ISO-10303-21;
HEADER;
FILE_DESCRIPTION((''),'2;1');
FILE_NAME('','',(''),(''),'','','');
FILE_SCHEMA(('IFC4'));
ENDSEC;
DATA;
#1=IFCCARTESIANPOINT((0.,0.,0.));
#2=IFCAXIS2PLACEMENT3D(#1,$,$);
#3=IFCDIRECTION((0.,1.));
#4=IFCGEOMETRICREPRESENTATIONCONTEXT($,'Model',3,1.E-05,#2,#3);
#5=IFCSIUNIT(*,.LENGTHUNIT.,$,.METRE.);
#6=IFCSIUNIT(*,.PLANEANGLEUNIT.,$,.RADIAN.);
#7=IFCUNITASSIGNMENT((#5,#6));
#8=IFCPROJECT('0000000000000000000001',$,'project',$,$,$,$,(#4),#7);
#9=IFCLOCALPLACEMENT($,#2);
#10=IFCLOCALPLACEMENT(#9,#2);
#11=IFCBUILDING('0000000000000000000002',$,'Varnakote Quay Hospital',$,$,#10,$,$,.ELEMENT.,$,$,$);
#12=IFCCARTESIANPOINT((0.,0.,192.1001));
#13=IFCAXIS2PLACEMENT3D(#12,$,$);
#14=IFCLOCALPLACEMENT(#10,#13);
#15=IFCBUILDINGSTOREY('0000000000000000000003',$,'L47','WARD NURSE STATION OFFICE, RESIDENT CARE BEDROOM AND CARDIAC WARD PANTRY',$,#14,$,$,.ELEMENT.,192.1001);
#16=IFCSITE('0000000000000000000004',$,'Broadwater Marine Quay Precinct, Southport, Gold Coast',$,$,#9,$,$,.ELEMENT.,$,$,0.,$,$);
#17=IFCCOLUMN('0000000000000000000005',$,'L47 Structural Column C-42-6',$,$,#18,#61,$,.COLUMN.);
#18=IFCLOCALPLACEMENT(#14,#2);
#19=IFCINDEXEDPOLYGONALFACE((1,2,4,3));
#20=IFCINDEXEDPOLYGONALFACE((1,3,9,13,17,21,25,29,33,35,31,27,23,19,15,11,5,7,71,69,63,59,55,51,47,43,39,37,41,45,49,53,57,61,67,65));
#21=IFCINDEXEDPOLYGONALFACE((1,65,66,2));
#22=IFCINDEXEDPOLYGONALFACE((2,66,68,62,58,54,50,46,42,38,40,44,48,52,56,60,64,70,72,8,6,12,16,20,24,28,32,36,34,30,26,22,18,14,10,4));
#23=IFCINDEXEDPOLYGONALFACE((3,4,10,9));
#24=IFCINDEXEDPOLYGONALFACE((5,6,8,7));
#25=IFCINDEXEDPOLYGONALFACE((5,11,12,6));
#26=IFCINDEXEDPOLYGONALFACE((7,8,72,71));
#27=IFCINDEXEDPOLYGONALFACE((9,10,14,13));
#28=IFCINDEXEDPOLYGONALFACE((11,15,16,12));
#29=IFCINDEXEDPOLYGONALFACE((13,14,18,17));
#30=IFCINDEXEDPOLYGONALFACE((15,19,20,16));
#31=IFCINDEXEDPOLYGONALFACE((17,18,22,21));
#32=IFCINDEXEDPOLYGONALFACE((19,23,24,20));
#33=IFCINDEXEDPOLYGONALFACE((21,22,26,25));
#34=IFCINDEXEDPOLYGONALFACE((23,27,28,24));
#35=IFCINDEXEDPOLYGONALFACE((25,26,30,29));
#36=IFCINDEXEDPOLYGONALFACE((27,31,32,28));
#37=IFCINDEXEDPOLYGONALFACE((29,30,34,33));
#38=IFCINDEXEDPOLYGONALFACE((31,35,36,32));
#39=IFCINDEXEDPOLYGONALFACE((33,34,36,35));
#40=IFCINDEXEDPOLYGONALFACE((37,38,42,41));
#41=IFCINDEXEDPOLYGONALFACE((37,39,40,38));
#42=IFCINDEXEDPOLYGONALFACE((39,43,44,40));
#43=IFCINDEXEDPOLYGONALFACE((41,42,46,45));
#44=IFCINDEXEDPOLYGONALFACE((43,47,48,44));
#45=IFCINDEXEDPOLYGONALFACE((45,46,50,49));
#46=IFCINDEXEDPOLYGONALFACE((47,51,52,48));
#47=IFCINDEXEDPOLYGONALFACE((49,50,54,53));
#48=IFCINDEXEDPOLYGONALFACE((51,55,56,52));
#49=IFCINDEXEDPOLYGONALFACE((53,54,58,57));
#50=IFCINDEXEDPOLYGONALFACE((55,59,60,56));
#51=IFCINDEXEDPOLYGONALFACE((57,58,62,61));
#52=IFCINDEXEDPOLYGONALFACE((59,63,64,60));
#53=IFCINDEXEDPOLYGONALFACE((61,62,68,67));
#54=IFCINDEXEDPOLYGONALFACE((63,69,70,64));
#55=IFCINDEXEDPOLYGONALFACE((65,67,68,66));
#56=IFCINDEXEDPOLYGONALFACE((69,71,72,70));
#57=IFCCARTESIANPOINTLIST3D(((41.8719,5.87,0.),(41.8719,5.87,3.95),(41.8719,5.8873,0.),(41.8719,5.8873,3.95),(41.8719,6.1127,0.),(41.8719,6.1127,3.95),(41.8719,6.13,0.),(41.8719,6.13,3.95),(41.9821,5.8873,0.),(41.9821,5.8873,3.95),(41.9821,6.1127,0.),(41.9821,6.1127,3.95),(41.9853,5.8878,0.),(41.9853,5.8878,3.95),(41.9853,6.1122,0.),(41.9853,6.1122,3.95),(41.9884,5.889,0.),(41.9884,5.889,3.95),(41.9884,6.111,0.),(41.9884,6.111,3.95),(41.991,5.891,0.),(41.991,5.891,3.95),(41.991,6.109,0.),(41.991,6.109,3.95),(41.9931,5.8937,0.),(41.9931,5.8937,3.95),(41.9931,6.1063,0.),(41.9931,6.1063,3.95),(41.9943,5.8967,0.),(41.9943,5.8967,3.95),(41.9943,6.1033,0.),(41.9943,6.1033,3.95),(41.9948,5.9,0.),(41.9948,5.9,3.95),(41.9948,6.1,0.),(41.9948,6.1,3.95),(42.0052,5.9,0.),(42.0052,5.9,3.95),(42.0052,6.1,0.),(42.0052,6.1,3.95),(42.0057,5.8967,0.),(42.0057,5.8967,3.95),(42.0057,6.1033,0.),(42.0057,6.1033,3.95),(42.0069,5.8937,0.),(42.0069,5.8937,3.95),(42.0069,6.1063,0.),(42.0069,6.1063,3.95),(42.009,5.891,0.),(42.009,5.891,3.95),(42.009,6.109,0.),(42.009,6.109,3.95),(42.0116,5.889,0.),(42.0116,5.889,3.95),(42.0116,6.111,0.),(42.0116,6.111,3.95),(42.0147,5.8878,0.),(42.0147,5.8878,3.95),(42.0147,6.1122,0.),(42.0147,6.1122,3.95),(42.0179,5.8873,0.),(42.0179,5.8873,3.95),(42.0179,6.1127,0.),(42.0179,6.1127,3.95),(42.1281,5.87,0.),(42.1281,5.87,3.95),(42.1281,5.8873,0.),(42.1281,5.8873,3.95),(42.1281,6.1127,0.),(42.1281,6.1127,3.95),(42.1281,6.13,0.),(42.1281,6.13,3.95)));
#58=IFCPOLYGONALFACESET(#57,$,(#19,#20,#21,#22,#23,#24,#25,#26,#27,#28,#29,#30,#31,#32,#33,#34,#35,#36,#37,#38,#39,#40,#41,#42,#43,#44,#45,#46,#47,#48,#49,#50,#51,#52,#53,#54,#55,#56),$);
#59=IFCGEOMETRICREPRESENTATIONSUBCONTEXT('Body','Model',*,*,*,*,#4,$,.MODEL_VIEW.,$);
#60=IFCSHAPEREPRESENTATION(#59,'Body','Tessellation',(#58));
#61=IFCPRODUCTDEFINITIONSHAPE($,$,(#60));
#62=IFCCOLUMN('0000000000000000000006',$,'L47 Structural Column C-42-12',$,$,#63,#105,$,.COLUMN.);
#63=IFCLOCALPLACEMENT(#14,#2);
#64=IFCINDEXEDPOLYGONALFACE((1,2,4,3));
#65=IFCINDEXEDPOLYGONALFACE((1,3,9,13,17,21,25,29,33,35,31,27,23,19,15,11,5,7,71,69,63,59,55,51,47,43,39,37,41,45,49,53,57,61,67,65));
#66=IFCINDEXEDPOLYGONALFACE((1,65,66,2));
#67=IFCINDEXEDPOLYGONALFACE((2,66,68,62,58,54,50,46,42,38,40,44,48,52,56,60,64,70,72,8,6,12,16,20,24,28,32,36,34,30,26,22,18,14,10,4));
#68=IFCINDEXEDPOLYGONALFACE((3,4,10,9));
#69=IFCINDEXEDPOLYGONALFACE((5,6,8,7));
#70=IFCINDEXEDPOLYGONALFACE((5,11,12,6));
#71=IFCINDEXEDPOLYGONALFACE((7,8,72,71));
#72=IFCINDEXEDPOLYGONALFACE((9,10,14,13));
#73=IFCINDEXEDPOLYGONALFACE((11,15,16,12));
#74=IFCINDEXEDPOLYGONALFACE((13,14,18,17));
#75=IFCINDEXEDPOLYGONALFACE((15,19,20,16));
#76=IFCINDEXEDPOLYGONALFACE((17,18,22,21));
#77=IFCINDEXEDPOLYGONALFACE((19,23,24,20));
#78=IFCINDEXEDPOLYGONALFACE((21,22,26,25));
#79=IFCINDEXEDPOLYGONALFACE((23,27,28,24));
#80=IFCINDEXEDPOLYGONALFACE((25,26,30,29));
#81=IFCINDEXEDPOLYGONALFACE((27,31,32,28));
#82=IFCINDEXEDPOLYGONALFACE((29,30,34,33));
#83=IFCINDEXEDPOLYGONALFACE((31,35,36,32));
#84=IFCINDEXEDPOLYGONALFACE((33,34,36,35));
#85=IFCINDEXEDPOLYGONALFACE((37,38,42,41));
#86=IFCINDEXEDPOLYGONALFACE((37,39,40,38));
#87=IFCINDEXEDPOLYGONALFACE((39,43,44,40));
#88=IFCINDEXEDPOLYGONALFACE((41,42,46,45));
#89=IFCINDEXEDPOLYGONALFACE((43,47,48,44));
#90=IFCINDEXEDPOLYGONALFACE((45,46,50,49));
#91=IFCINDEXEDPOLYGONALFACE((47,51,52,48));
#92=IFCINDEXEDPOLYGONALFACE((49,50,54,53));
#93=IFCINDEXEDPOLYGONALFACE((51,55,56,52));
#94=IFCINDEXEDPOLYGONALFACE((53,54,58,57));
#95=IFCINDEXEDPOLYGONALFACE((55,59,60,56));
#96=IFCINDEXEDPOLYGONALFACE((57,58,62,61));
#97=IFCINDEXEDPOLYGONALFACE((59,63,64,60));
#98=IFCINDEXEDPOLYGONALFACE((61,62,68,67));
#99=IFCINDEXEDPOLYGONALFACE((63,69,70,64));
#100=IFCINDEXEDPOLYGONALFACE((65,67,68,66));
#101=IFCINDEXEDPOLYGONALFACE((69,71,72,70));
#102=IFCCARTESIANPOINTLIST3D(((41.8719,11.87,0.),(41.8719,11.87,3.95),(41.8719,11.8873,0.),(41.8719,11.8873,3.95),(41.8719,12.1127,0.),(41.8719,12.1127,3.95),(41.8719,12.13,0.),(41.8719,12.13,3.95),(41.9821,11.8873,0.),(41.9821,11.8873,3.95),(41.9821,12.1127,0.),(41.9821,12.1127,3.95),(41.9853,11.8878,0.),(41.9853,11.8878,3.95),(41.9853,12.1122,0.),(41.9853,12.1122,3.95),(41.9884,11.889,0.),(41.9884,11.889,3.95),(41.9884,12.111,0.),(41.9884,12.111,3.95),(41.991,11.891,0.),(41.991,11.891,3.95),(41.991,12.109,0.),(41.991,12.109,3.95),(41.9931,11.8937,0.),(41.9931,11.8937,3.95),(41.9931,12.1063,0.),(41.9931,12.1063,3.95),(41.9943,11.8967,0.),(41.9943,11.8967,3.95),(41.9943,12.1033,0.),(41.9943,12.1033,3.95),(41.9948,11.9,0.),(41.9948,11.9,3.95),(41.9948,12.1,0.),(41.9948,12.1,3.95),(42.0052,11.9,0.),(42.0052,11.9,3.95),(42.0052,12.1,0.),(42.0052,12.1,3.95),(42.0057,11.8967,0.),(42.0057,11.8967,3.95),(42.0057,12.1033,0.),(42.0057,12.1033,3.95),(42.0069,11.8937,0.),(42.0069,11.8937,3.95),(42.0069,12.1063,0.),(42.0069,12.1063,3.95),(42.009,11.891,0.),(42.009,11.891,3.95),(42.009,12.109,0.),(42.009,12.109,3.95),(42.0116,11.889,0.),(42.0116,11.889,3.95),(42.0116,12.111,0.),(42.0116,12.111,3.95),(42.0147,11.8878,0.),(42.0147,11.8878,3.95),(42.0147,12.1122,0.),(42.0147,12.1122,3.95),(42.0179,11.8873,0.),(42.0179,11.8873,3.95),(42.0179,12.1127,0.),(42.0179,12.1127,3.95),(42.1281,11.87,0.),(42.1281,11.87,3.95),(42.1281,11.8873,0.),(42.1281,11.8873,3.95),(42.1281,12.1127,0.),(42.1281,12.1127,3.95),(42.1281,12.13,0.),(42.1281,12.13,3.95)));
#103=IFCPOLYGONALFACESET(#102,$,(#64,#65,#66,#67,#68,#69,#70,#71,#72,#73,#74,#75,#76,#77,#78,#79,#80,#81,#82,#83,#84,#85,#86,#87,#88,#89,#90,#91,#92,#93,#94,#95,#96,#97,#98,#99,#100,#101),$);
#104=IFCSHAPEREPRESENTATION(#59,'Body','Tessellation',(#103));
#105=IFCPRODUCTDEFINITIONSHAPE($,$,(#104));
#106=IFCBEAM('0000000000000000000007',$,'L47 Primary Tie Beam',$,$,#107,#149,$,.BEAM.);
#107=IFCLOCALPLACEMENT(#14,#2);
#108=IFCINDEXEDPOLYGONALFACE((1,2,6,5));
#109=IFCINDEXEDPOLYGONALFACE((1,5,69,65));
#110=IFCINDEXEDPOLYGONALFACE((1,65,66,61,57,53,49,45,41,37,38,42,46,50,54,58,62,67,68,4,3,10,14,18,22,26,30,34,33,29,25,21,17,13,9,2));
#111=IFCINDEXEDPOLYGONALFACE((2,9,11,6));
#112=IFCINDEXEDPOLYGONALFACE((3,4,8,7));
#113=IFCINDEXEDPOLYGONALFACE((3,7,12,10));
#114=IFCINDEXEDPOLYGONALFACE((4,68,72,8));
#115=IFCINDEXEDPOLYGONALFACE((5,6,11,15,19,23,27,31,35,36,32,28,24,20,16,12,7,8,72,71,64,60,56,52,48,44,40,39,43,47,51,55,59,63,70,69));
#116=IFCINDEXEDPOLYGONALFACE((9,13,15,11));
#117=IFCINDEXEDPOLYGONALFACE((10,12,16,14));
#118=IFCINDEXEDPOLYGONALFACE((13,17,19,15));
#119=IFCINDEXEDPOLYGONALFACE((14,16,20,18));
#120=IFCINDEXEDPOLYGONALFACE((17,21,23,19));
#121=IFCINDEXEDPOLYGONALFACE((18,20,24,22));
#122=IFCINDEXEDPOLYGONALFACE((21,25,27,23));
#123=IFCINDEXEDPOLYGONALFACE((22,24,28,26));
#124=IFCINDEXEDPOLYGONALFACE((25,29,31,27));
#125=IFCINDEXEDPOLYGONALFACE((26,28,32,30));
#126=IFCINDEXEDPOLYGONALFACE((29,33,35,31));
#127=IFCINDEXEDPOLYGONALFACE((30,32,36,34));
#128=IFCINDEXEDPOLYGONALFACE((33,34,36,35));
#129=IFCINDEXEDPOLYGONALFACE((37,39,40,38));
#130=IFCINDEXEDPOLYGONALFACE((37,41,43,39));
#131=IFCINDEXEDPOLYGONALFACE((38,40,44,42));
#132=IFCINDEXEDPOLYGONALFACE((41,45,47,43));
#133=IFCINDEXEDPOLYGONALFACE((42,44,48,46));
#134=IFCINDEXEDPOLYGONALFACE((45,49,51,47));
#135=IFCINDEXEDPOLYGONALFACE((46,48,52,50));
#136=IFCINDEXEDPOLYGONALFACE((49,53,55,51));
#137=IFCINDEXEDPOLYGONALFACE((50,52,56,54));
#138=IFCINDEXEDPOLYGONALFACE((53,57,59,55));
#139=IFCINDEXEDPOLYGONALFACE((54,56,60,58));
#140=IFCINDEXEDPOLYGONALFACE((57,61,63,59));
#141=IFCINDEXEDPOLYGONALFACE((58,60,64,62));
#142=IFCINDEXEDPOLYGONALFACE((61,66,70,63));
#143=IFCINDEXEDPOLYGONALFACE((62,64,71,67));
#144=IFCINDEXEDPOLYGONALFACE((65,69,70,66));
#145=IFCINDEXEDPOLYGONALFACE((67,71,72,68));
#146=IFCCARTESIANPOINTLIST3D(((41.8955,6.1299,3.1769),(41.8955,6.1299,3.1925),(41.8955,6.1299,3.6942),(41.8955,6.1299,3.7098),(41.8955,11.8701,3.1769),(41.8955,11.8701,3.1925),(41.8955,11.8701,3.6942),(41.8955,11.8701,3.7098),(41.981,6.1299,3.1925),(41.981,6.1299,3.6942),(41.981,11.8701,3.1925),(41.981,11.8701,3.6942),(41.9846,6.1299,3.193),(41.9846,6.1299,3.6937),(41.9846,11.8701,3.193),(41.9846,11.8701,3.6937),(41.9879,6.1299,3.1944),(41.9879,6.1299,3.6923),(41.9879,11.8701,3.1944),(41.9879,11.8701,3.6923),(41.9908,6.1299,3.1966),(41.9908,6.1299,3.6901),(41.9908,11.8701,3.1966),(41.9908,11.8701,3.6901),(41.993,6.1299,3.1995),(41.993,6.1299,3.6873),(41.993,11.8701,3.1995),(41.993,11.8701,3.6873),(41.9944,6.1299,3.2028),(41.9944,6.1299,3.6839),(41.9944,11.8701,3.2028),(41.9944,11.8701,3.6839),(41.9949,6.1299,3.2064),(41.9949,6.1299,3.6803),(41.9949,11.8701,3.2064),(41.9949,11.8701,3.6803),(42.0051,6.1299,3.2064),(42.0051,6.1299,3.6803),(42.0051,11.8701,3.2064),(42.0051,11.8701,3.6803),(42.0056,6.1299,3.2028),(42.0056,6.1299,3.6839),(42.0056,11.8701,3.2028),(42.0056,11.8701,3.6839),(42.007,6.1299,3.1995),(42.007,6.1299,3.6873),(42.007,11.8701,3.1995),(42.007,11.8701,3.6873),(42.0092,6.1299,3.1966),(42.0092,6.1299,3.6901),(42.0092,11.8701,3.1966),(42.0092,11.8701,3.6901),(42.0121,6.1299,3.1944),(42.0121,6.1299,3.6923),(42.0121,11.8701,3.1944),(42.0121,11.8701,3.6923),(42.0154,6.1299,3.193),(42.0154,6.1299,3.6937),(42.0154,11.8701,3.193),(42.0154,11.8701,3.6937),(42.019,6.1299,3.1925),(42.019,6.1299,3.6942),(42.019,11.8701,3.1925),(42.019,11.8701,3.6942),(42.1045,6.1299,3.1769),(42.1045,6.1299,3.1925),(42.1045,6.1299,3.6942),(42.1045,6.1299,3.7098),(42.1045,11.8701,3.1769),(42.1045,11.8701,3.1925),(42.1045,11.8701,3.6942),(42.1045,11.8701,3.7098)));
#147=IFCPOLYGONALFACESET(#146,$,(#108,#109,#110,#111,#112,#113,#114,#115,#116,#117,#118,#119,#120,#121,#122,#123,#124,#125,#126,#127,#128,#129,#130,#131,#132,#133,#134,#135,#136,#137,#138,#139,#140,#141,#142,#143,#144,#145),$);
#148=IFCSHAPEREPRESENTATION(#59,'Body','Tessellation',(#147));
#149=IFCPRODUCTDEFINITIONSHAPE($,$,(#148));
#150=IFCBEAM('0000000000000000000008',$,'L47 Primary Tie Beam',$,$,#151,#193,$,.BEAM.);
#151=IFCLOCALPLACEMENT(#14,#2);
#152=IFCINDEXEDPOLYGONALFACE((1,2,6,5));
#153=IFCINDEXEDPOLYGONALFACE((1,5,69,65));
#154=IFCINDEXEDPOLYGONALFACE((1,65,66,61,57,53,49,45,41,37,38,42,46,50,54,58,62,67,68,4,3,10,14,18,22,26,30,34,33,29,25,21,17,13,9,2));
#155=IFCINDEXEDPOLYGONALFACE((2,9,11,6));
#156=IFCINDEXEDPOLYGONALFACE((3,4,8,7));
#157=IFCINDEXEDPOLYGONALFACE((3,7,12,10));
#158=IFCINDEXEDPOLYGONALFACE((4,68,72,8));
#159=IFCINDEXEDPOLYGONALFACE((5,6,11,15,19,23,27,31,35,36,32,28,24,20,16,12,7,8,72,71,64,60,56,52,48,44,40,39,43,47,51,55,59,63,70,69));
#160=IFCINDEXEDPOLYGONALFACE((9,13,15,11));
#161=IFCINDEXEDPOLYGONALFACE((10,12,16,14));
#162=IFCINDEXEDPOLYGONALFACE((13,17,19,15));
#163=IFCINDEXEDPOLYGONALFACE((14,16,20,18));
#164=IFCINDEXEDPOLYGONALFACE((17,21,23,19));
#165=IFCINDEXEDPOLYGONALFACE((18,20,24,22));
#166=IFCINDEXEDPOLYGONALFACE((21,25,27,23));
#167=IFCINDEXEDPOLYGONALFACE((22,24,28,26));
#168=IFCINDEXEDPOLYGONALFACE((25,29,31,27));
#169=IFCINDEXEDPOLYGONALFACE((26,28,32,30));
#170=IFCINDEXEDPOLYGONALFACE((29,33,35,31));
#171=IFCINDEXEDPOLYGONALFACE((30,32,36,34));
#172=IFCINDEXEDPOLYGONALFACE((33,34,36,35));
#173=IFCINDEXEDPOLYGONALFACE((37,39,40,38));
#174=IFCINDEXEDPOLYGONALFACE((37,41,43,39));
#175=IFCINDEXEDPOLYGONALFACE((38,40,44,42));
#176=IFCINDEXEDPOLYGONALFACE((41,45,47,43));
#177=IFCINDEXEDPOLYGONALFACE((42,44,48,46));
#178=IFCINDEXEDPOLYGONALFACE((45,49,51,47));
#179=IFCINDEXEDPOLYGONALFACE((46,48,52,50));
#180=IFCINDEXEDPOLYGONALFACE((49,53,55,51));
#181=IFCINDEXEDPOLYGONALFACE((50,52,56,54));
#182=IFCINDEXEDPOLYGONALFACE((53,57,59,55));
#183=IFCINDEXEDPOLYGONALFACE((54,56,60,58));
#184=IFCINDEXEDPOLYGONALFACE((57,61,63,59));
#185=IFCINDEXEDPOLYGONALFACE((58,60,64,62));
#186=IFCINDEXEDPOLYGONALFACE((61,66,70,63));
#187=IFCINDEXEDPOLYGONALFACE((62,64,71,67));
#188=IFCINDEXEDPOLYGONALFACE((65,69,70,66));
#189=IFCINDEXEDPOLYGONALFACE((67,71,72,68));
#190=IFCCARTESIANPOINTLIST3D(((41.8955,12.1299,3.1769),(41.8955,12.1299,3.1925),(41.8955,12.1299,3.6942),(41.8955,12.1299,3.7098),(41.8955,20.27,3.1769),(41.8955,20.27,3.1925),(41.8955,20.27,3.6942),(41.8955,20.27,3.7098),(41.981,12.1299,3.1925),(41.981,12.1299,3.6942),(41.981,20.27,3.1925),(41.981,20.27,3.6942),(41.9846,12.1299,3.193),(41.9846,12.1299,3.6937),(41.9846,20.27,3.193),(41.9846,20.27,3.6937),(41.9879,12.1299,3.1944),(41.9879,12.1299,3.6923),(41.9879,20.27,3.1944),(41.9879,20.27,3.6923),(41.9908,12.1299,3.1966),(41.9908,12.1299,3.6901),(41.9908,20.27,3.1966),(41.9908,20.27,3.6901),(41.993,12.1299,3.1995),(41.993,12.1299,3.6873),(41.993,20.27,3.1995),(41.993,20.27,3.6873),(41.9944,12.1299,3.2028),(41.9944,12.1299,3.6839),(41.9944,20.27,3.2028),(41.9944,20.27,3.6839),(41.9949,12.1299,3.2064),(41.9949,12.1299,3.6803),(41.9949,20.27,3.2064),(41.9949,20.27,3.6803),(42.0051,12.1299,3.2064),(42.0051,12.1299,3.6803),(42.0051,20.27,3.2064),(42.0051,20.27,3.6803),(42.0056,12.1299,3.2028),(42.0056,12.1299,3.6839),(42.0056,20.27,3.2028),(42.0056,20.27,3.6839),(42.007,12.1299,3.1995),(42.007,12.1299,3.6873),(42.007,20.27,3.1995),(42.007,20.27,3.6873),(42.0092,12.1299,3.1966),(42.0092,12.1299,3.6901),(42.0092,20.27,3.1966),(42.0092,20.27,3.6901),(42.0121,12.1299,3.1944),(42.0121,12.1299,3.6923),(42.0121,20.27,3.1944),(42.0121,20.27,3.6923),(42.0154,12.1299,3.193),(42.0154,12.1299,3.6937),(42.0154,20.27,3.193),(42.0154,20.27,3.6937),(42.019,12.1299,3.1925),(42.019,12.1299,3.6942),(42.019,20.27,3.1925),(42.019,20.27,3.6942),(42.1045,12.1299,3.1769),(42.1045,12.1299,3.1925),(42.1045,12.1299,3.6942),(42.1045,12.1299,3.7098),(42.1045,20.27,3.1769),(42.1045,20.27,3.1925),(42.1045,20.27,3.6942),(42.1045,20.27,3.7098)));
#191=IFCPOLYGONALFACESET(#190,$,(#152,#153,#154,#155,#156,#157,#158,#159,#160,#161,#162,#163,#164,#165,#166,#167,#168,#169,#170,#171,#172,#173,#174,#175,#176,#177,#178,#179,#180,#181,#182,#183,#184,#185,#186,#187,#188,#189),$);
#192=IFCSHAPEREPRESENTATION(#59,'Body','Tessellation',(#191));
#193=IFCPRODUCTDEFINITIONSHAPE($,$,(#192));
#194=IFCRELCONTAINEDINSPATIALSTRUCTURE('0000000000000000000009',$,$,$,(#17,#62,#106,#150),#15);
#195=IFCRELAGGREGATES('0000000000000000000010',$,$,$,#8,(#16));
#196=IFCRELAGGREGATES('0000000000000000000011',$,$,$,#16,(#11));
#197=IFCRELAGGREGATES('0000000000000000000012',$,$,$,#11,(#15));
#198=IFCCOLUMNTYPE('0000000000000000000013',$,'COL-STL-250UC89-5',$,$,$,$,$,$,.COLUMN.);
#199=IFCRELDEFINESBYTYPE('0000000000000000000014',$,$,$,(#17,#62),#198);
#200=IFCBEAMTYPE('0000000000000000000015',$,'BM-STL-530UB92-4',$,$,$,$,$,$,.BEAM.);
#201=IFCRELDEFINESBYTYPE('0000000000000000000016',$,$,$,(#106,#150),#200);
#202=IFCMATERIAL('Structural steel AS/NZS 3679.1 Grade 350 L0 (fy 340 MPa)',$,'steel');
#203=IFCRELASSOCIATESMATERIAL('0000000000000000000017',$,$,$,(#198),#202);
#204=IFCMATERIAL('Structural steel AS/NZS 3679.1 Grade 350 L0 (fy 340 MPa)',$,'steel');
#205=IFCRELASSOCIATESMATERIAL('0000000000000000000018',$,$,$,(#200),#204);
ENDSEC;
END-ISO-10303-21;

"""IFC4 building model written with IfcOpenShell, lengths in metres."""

from ifc_helpers import new_model, si_unit, direction, frame, origin, origin_2d, place, context, subcontext, project, spatial, i_section, extrude, material, material_profile, profile_set, type_object, element, save


model = new_model("IFC4")

# Units and contexts
model_context = context("Model", 3, precision=1e-05, world=origin(), true_north=direction((0.0, 1.0)))
body_context = subcontext(model_context, "Body", "Model", "MODEL_VIEW")
ifc_project = project(units=[si_unit("LENGTHUNIT", "METRE"), si_unit("PLANEANGLEUNIT", "RADIAN")], contexts=[model_context])

# Site, building, storey
site_placement = place(None, origin())
site = spatial("IfcSite", under=ifc_project, at=site_placement, Name="Broadwater Marine Quay Precinct, Southport, Gold Coast", CompositionType="ELEMENT", RefElevation=0.0)
building_placement = place(site_placement, origin())
building = spatial("IfcBuilding", under=site, at=building_placement, Name="Varnakote Quay Hospital", CompositionType="ELEMENT")
storey_placement = place(building_placement, frame((0.0, 0.0, 192.1001)))
storey = spatial("IfcBuildingStorey", under=building, at=storey_placement, Name="L47", Description="WARD NURSE STATION OFFICE, RESIDENT CARE BEDROOM AND CARDIAC WARD PANTRY", CompositionType="ELEMENT", Elevation=192.1001)

# Columns
ifc_material_1 = material(Name="Structural steel AS/NZS 3679.1 Grade 350 L0 (fy 340 MPa)", Category="steel")
ifc_material_profile_1 = material_profile(ifc_material_1, i_section(OverallWidth=0.2561, OverallDepth=0.26, WebThickness=0.0105, FlangeThickness=0.0173, FilletRadius=0.0127, at=origin_2d()), Name="250UC89.5")
ifc_profile_set_1 = profile_set([ifc_material_profile_1], Name="Structural steel AS/NZS 3679.1 Grade 350 L0 (fy 340 MPa)")
column_type = type_object("IfcColumnType", Name="COL-STL-250UC89-5", PredefinedType="COLUMN", material=ifc_profile_set_1)
for number, where, z_axis, x_axis, name in (
    (1, (42.0, 6.0, 0.0), (0.0, 0.0, 1.0), (1.0, 0.0, 0.0), "L47 Structural Column C-42-6"),
    (2, (42.0, 12.0, 0.0), (0.0, 0.0, 1.0), (1.0, 0.0, 0.0), "L47 Structural Column C-42-12"),
):
    element("IfcColumn", number, at=place(storey_placement, frame(where, z_axis=z_axis, x_axis=x_axis)), inside=storey, type_object=column_type, Name=name, PredefinedType="COLUMN", context=body_context, shape_type="SweptSolid", body=[
        extrude(i_section(OverallWidth=0.2561, OverallDepth=0.26, WebThickness=0.0105, FlangeThickness=0.0173, FilletRadius=0.0127, at=origin_2d()), origin(), (0.0, 0.0, 1.0), 3.95),
    ])

# Beams
ifc_material_2 = material(Name="Structural steel AS/NZS 3679.1 Grade 350 L0 (fy 340 MPa)", Category="steel")
ifc_material_profile_2 = material_profile(ifc_material_2, i_section(OverallWidth=0.209, OverallDepth=0.533, WebThickness=0.0103, FlangeThickness=0.0156, FilletRadius=0.0139, at=origin_2d()), Name="530UB92.4")
ifc_profile_set_2 = profile_set([ifc_material_profile_2], Name="Structural steel AS/NZS 3679.1 Grade 350 L0 (fy 340 MPa)")
beam_type_1 = type_object("IfcBeamType", Name="BM-STL-530UB92-4", PredefinedType="BEAM", material=ifc_profile_set_2)
beam_1_placement = place(storey_placement, frame((42.0, 6.1299, 3.4434), z_axis=(0.0, 1.0, 0.0), x_axis=(-1.0, 0.0, 0.0)))
element("IfcBeam", 3, at=beam_1_placement, inside=storey, type_object=beam_type_1, Name="L47 Primary Tie Beam", PredefinedType="BEAM", context=body_context, shape_type="SweptSolid", body=[
    extrude(i_section(OverallWidth=0.209, OverallDepth=0.533, WebThickness=0.0103, FlangeThickness=0.0156, FilletRadius=0.0139, at=origin_2d()), origin(), (0.0, 0.0, 1.0), 5.7402),
])
beam_2_placement = place(storey_placement, frame((42.0, 12.1299, 3.4434), z_axis=(0.0, 1.0, 0.0), x_axis=(-1.0, 0.0, 0.0)))
element("IfcBeam", 4, at=beam_2_placement, inside=storey, type_object=beam_type_1, Name="L47 Primary Tie Beam", PredefinedType="BEAM", context=body_context, shape_type="SweptSolid", body=[
    extrude(i_section(OverallWidth=0.209, OverallDepth=0.533, WebThickness=0.0103, FlangeThickness=0.0156, FilletRadius=0.0139, at=origin_2d()), origin(), (0.0, 0.0, 1.0), 8.1401),
])

save(model, "model.ifc")
